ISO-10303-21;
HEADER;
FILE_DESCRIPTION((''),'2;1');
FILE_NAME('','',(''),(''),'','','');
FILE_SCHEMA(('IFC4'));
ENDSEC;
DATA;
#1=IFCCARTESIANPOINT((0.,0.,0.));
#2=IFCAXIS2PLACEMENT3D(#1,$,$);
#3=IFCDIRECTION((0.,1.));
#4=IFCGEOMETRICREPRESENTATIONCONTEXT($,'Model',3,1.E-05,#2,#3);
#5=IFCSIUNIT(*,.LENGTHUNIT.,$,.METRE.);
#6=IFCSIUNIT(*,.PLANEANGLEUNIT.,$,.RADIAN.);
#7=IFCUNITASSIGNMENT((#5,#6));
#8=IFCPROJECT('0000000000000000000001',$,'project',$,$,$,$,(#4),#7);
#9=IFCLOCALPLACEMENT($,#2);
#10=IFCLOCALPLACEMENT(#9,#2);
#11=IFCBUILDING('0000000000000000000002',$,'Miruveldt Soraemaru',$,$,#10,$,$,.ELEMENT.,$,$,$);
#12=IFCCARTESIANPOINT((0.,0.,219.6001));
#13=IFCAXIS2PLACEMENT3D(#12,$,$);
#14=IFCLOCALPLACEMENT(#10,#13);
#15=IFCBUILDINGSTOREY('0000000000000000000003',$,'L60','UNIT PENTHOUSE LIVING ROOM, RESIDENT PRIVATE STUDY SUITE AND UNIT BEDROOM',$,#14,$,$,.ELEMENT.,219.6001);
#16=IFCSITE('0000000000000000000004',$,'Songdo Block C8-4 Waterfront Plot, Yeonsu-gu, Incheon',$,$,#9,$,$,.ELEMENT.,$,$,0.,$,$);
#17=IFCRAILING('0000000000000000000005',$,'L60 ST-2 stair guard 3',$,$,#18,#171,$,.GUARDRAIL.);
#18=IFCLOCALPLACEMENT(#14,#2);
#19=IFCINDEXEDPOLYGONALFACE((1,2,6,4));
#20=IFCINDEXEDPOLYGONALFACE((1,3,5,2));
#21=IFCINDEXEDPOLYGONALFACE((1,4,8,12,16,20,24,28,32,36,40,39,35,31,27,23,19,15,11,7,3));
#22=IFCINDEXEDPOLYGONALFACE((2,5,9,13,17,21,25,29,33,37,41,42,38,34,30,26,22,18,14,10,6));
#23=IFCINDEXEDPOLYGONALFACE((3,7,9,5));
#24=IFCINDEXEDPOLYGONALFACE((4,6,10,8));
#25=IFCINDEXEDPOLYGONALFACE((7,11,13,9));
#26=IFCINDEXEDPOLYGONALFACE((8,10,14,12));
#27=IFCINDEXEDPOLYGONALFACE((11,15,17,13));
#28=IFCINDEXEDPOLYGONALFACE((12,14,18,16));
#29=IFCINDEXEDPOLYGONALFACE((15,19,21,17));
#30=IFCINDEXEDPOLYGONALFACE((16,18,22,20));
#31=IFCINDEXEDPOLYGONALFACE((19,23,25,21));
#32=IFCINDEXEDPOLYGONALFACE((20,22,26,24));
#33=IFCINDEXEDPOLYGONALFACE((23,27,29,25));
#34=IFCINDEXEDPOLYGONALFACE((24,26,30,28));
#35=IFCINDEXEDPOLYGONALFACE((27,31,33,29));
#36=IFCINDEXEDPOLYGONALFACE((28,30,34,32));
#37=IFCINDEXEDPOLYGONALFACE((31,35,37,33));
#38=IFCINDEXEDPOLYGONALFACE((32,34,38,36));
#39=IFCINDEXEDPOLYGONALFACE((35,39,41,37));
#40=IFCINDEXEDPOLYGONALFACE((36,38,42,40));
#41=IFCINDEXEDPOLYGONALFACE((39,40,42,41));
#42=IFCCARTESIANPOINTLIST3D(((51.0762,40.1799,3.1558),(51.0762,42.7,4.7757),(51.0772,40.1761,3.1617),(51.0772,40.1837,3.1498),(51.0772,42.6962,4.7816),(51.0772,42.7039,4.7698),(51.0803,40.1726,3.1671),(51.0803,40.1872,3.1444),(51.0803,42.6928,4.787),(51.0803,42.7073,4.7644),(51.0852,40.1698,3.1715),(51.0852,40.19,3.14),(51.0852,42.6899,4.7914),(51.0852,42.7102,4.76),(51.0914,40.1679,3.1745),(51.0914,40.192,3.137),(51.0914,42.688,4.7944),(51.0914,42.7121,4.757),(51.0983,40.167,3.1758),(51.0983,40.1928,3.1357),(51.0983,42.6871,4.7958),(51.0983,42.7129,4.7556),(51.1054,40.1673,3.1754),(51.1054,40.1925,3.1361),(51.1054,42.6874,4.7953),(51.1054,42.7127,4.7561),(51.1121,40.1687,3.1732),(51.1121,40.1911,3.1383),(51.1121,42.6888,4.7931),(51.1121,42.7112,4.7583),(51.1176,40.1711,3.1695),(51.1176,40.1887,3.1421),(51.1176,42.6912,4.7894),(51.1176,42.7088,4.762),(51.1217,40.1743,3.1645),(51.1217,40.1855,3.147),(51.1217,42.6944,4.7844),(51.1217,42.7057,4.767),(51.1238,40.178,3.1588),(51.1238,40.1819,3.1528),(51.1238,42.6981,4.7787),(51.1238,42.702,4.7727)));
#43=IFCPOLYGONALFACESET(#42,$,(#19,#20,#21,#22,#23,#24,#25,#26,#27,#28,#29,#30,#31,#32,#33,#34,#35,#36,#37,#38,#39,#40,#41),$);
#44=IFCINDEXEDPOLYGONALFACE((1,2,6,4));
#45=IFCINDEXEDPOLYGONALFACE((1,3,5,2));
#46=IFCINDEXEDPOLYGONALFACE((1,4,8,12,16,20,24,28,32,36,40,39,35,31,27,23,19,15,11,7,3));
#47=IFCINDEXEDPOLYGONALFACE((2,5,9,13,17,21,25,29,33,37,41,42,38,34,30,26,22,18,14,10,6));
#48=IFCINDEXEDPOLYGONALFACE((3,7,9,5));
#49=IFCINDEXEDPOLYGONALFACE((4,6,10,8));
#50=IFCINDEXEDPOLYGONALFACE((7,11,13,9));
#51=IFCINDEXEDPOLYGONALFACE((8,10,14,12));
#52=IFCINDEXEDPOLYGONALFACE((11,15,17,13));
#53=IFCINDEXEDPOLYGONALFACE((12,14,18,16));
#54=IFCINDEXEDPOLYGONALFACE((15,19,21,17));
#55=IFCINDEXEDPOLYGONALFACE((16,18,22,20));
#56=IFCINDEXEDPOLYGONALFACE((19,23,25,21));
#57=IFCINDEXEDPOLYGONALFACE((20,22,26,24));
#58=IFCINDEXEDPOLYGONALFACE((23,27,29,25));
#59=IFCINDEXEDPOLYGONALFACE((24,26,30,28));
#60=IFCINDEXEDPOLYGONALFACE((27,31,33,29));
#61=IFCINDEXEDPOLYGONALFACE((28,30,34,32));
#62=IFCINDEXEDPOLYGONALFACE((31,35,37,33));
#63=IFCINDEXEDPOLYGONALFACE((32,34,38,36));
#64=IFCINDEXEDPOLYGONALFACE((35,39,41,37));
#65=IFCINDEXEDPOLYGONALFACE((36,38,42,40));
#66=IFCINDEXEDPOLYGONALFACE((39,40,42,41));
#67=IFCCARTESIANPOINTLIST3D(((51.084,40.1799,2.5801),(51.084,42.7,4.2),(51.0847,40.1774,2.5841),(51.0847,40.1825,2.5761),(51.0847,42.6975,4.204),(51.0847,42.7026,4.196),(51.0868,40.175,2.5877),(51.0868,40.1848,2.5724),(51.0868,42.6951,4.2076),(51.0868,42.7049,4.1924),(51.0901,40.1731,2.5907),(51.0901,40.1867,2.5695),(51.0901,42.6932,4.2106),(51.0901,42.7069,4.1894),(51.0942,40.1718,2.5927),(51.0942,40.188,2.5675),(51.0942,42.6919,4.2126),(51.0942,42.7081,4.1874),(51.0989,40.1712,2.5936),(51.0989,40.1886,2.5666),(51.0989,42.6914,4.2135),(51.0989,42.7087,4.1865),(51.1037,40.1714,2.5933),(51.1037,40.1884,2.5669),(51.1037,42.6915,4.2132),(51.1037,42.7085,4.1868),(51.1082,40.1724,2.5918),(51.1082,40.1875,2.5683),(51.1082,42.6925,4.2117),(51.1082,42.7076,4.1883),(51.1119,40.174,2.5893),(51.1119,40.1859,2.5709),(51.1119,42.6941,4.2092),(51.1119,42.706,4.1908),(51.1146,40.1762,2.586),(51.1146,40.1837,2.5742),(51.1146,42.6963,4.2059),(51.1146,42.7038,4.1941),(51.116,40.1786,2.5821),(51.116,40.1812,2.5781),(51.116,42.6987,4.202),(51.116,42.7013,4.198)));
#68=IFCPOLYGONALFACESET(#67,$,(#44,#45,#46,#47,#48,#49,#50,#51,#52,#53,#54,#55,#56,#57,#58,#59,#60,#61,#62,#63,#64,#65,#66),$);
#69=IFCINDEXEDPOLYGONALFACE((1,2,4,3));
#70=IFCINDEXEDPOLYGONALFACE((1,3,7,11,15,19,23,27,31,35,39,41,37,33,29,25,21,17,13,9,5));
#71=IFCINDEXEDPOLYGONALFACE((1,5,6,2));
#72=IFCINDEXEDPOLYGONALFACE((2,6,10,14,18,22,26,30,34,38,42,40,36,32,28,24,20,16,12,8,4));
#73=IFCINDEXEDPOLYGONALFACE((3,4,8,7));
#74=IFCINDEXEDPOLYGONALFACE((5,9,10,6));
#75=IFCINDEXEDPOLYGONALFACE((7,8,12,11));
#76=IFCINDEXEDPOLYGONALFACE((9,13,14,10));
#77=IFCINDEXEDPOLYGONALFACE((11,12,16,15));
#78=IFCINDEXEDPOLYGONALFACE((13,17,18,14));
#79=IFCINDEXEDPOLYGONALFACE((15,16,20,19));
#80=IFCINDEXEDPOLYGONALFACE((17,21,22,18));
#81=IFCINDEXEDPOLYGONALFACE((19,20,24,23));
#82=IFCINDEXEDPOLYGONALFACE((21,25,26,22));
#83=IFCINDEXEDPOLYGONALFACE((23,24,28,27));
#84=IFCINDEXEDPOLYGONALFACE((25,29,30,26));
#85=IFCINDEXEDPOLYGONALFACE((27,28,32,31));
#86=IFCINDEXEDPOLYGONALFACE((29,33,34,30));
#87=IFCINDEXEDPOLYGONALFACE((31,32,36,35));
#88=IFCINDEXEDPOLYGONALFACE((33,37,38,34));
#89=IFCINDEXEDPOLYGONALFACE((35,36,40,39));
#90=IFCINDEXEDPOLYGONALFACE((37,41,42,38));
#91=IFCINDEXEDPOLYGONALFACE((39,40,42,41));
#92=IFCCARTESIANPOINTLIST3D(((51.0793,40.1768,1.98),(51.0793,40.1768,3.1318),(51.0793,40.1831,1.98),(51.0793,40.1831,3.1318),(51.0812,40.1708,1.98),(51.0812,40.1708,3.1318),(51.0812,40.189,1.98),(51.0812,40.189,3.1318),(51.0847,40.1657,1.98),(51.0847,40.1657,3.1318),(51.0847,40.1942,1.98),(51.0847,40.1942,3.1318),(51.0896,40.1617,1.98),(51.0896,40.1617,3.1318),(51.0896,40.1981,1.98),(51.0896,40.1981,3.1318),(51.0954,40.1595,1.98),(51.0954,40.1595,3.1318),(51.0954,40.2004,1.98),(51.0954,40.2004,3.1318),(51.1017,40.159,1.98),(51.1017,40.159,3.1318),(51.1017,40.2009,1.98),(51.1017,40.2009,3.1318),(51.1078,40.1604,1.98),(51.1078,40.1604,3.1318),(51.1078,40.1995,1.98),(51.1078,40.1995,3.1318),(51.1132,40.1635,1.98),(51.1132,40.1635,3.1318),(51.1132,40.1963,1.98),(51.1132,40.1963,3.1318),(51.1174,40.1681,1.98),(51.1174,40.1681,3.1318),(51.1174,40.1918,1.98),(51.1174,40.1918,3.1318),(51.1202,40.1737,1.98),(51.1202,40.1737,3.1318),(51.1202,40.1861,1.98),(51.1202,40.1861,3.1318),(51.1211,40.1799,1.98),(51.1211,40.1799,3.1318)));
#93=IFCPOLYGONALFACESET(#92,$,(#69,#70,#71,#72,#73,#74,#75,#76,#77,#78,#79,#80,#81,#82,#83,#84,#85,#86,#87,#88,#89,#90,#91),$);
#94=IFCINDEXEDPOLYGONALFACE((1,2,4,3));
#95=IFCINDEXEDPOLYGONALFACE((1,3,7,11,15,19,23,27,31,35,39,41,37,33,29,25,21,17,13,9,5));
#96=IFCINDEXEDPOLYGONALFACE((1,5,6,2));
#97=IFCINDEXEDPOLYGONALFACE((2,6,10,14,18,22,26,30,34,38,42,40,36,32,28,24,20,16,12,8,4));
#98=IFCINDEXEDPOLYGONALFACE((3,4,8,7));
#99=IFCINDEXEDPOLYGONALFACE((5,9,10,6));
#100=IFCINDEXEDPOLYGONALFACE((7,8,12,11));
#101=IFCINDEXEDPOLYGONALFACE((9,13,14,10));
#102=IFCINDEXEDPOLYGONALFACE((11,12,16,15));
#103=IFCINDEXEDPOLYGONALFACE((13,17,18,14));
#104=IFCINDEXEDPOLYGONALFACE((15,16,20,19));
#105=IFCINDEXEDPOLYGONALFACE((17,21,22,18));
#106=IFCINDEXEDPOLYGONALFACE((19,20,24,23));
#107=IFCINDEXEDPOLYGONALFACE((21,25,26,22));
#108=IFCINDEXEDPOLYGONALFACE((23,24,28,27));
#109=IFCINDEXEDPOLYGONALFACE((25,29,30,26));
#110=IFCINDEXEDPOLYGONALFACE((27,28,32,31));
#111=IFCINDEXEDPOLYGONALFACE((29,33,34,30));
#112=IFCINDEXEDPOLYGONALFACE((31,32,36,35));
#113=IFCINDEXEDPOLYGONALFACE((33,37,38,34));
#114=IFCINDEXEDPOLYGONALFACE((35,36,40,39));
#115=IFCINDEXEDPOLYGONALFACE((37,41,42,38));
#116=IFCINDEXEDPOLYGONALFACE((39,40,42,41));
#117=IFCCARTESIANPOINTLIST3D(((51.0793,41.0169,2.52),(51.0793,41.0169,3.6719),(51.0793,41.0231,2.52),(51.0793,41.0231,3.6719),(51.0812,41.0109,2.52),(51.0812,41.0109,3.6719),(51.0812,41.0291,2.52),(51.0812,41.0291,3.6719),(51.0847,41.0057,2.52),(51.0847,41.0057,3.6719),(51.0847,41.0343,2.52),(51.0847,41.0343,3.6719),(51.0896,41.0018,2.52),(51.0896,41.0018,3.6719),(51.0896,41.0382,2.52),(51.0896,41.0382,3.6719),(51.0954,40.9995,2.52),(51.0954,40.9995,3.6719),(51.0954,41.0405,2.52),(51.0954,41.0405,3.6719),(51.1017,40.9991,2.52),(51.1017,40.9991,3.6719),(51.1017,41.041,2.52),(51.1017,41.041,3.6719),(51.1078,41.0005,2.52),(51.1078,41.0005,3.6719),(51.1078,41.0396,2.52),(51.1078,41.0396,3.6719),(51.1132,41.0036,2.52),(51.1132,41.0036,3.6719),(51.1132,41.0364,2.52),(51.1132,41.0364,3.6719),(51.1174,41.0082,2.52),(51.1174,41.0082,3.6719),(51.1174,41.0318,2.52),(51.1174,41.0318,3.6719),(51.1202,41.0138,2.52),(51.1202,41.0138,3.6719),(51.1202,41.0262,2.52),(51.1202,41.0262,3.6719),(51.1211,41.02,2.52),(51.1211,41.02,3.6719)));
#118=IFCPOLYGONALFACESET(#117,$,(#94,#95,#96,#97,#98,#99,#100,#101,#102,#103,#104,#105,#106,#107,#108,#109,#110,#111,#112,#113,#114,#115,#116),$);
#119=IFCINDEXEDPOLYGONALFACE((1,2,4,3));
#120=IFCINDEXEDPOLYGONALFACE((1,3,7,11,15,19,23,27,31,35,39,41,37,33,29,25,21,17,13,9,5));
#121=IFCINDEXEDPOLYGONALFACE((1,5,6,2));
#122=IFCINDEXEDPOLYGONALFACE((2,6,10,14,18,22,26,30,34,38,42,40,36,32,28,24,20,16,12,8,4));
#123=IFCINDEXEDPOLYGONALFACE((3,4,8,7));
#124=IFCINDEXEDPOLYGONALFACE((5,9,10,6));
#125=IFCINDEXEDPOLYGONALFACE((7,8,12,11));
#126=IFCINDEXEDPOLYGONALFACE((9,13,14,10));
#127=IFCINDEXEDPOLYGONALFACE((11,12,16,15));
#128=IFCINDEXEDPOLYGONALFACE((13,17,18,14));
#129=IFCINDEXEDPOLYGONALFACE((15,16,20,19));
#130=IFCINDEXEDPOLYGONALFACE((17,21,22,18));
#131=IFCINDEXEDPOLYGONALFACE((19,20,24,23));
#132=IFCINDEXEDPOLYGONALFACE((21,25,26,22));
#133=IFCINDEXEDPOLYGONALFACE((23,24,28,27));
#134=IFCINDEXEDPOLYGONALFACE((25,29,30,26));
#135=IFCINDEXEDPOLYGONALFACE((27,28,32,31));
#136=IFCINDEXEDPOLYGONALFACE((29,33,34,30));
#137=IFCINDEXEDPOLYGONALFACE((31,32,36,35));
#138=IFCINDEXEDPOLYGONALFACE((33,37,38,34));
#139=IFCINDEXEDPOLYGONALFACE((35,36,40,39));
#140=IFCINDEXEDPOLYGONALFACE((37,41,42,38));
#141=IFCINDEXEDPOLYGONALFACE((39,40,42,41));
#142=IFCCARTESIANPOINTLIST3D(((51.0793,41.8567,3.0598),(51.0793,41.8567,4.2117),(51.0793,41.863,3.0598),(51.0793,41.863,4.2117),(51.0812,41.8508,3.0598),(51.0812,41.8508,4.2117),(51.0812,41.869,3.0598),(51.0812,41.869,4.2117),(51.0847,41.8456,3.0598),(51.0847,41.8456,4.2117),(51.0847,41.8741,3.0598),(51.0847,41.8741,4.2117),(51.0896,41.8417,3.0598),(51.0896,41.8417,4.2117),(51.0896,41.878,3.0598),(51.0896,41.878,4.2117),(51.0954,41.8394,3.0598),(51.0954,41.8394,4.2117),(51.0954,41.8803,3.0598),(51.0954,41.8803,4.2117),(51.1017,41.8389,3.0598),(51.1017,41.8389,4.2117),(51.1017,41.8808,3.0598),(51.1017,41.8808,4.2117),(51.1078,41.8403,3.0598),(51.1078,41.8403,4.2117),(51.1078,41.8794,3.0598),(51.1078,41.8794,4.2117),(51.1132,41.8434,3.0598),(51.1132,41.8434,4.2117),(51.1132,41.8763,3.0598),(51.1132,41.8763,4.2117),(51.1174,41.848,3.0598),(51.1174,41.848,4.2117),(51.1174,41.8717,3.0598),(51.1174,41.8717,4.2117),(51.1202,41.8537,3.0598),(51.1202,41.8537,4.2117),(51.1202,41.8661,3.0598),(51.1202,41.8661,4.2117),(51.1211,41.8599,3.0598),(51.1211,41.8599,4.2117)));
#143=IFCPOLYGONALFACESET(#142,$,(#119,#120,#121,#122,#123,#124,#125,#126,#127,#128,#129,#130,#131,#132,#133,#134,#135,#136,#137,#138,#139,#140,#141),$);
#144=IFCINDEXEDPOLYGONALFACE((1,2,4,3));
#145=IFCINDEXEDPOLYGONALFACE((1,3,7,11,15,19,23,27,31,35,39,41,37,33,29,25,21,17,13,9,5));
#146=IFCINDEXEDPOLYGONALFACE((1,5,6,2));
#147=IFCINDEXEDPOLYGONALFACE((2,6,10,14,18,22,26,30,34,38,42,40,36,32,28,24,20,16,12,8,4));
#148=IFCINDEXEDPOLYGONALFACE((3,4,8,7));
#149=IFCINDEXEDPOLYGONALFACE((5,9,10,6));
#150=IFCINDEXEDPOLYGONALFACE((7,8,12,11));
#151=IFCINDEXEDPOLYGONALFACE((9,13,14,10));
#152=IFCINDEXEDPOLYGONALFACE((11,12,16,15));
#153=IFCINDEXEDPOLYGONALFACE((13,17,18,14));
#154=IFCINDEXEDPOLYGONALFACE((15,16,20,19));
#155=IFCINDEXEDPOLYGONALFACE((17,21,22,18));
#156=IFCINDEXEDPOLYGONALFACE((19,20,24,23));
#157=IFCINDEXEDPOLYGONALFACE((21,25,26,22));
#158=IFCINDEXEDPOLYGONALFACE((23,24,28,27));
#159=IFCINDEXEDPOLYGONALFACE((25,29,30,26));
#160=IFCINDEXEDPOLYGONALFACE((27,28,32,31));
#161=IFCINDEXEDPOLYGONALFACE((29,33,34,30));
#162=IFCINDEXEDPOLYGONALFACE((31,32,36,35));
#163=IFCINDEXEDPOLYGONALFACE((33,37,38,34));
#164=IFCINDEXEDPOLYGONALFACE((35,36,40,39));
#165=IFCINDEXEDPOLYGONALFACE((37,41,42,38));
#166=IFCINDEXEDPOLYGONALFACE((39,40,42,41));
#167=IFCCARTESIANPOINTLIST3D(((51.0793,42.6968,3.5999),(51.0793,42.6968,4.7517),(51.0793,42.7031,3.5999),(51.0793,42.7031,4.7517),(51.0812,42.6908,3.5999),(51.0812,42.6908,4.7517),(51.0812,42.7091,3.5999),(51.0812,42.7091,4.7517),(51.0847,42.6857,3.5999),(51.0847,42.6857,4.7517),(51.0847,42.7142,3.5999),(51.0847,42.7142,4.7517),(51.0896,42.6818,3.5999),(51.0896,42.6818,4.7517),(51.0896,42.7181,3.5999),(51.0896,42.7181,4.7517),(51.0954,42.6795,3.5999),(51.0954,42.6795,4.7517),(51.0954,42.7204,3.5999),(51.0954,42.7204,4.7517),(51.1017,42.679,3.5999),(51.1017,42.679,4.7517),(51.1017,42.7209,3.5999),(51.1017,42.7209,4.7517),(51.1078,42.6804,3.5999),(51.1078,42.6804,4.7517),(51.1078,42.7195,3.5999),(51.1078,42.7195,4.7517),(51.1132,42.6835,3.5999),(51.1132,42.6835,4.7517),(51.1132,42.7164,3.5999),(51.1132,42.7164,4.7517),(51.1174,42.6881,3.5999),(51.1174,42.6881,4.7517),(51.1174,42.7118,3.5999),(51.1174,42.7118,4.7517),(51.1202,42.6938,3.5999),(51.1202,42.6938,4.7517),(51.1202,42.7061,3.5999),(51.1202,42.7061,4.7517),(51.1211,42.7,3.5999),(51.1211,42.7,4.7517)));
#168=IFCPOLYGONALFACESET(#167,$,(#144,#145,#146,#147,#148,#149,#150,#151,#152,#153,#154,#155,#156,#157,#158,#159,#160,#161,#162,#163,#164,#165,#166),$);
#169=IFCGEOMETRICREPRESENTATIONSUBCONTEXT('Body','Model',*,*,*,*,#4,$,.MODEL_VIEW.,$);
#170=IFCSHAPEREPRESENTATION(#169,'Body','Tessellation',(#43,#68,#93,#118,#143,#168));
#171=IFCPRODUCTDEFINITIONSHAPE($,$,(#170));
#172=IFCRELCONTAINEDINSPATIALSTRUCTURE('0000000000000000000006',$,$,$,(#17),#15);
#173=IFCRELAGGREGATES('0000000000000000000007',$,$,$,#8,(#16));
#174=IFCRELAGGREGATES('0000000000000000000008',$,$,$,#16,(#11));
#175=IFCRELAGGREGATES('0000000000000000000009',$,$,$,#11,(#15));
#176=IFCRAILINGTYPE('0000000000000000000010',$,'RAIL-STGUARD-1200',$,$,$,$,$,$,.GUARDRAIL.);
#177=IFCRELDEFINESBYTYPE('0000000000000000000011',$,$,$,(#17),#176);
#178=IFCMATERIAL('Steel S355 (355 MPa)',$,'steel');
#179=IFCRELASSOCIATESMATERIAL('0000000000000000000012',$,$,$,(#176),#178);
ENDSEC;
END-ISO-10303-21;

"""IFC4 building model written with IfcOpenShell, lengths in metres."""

from ifc_helpers import new_model, si_unit, direction, frame, origin, origin_2d, place, context, subcontext, project, spatial, circle, extrude, material, type_object, element, save


model = new_model("IFC4")

# Units and contexts
model_context = context("Model", 3, precision=1e-05, world=origin(), true_north=direction((0.0, 1.0)))
body_context = subcontext(model_context, "Body", "Model", "MODEL_VIEW")
ifc_project = project(units=[si_unit("LENGTHUNIT", "METRE"), si_unit("PLANEANGLEUNIT", "RADIAN")], contexts=[model_context])

# Site, building, storey
site_placement = place(None, origin())
site = spatial("IfcSite", under=ifc_project, at=site_placement, Name="Songdo Block C8-4 Waterfront Plot, Yeonsu-gu, Incheon", CompositionType="ELEMENT", RefElevation=0.0)
building_placement = place(site_placement, origin())
building = spatial("IfcBuilding", under=site, at=building_placement, Name="Miruveldt Soraemaru", CompositionType="ELEMENT")
storey_placement = place(building_placement, frame((0.0, 0.0, 219.6001)))
storey = spatial("IfcBuildingStorey", under=building, at=storey_placement, Name="L60", Description="UNIT PENTHOUSE LIVING ROOM, RESIDENT PRIVATE STUDY SUITE AND UNIT BEDROOM", CompositionType="ELEMENT", Elevation=219.6001)

# Railing
ifc_material_1 = material(Name="Steel S355 (355 MPa)", Category="steel")
railing_type_1 = type_object("IfcRailingType", Name="RAIL-STGUARD-1200", PredefinedType="GUARDRAIL", material=ifc_material_1)
railing_1_placement = place(storey_placement, frame((51.1001, 40.1799, 1.98)))
element("IfcRailing", 1, at=railing_1_placement, inside=storey, type_object=railing_type_1, Name="L60 ST-2 stair guard 3", PredefinedType="GUARDRAIL", context=body_context, shape_type="SweptSolid", body=[
    extrude(circle(Radius=0.0239, at=origin_2d()), frame((0.0, 0.0, 1.1758), z_axis=(0.0, 0.8412, 0.540725), x_axis=(-1.0, 0.0, 0.0)), (0.0, 0.0, 1.0), 2.9958),
    extrude(circle(Radius=0.0161, at=origin_2d()), frame((0.0, 0.0, 0.6001), z_axis=(0.0, 0.8412, 0.540725), x_axis=(-1.0, 0.0, 0.0)), (0.0, 0.0, 1.0), 2.9958),
    extrude(circle(Radius=0.021, at=origin_2d()), origin(), (0.0, 0.0, 1.0), 1.1519),
    extrude(circle(Radius=0.021, at=origin_2d()), frame((0.0, 0.8401, 0.54)), (0.0, 0.0, 1.0), 1.1519),
    extrude(circle(Radius=0.021, at=origin_2d()), frame((0.0, 1.6799, 1.0798)), (0.0, 0.0, 1.0), 1.1519),
    extrude(circle(Radius=0.021, at=origin_2d()), frame((0.0, 2.52, 1.6199)), (0.0, 0.0, 1.0), 1.1519),
])

save(model, "model.ifc")
